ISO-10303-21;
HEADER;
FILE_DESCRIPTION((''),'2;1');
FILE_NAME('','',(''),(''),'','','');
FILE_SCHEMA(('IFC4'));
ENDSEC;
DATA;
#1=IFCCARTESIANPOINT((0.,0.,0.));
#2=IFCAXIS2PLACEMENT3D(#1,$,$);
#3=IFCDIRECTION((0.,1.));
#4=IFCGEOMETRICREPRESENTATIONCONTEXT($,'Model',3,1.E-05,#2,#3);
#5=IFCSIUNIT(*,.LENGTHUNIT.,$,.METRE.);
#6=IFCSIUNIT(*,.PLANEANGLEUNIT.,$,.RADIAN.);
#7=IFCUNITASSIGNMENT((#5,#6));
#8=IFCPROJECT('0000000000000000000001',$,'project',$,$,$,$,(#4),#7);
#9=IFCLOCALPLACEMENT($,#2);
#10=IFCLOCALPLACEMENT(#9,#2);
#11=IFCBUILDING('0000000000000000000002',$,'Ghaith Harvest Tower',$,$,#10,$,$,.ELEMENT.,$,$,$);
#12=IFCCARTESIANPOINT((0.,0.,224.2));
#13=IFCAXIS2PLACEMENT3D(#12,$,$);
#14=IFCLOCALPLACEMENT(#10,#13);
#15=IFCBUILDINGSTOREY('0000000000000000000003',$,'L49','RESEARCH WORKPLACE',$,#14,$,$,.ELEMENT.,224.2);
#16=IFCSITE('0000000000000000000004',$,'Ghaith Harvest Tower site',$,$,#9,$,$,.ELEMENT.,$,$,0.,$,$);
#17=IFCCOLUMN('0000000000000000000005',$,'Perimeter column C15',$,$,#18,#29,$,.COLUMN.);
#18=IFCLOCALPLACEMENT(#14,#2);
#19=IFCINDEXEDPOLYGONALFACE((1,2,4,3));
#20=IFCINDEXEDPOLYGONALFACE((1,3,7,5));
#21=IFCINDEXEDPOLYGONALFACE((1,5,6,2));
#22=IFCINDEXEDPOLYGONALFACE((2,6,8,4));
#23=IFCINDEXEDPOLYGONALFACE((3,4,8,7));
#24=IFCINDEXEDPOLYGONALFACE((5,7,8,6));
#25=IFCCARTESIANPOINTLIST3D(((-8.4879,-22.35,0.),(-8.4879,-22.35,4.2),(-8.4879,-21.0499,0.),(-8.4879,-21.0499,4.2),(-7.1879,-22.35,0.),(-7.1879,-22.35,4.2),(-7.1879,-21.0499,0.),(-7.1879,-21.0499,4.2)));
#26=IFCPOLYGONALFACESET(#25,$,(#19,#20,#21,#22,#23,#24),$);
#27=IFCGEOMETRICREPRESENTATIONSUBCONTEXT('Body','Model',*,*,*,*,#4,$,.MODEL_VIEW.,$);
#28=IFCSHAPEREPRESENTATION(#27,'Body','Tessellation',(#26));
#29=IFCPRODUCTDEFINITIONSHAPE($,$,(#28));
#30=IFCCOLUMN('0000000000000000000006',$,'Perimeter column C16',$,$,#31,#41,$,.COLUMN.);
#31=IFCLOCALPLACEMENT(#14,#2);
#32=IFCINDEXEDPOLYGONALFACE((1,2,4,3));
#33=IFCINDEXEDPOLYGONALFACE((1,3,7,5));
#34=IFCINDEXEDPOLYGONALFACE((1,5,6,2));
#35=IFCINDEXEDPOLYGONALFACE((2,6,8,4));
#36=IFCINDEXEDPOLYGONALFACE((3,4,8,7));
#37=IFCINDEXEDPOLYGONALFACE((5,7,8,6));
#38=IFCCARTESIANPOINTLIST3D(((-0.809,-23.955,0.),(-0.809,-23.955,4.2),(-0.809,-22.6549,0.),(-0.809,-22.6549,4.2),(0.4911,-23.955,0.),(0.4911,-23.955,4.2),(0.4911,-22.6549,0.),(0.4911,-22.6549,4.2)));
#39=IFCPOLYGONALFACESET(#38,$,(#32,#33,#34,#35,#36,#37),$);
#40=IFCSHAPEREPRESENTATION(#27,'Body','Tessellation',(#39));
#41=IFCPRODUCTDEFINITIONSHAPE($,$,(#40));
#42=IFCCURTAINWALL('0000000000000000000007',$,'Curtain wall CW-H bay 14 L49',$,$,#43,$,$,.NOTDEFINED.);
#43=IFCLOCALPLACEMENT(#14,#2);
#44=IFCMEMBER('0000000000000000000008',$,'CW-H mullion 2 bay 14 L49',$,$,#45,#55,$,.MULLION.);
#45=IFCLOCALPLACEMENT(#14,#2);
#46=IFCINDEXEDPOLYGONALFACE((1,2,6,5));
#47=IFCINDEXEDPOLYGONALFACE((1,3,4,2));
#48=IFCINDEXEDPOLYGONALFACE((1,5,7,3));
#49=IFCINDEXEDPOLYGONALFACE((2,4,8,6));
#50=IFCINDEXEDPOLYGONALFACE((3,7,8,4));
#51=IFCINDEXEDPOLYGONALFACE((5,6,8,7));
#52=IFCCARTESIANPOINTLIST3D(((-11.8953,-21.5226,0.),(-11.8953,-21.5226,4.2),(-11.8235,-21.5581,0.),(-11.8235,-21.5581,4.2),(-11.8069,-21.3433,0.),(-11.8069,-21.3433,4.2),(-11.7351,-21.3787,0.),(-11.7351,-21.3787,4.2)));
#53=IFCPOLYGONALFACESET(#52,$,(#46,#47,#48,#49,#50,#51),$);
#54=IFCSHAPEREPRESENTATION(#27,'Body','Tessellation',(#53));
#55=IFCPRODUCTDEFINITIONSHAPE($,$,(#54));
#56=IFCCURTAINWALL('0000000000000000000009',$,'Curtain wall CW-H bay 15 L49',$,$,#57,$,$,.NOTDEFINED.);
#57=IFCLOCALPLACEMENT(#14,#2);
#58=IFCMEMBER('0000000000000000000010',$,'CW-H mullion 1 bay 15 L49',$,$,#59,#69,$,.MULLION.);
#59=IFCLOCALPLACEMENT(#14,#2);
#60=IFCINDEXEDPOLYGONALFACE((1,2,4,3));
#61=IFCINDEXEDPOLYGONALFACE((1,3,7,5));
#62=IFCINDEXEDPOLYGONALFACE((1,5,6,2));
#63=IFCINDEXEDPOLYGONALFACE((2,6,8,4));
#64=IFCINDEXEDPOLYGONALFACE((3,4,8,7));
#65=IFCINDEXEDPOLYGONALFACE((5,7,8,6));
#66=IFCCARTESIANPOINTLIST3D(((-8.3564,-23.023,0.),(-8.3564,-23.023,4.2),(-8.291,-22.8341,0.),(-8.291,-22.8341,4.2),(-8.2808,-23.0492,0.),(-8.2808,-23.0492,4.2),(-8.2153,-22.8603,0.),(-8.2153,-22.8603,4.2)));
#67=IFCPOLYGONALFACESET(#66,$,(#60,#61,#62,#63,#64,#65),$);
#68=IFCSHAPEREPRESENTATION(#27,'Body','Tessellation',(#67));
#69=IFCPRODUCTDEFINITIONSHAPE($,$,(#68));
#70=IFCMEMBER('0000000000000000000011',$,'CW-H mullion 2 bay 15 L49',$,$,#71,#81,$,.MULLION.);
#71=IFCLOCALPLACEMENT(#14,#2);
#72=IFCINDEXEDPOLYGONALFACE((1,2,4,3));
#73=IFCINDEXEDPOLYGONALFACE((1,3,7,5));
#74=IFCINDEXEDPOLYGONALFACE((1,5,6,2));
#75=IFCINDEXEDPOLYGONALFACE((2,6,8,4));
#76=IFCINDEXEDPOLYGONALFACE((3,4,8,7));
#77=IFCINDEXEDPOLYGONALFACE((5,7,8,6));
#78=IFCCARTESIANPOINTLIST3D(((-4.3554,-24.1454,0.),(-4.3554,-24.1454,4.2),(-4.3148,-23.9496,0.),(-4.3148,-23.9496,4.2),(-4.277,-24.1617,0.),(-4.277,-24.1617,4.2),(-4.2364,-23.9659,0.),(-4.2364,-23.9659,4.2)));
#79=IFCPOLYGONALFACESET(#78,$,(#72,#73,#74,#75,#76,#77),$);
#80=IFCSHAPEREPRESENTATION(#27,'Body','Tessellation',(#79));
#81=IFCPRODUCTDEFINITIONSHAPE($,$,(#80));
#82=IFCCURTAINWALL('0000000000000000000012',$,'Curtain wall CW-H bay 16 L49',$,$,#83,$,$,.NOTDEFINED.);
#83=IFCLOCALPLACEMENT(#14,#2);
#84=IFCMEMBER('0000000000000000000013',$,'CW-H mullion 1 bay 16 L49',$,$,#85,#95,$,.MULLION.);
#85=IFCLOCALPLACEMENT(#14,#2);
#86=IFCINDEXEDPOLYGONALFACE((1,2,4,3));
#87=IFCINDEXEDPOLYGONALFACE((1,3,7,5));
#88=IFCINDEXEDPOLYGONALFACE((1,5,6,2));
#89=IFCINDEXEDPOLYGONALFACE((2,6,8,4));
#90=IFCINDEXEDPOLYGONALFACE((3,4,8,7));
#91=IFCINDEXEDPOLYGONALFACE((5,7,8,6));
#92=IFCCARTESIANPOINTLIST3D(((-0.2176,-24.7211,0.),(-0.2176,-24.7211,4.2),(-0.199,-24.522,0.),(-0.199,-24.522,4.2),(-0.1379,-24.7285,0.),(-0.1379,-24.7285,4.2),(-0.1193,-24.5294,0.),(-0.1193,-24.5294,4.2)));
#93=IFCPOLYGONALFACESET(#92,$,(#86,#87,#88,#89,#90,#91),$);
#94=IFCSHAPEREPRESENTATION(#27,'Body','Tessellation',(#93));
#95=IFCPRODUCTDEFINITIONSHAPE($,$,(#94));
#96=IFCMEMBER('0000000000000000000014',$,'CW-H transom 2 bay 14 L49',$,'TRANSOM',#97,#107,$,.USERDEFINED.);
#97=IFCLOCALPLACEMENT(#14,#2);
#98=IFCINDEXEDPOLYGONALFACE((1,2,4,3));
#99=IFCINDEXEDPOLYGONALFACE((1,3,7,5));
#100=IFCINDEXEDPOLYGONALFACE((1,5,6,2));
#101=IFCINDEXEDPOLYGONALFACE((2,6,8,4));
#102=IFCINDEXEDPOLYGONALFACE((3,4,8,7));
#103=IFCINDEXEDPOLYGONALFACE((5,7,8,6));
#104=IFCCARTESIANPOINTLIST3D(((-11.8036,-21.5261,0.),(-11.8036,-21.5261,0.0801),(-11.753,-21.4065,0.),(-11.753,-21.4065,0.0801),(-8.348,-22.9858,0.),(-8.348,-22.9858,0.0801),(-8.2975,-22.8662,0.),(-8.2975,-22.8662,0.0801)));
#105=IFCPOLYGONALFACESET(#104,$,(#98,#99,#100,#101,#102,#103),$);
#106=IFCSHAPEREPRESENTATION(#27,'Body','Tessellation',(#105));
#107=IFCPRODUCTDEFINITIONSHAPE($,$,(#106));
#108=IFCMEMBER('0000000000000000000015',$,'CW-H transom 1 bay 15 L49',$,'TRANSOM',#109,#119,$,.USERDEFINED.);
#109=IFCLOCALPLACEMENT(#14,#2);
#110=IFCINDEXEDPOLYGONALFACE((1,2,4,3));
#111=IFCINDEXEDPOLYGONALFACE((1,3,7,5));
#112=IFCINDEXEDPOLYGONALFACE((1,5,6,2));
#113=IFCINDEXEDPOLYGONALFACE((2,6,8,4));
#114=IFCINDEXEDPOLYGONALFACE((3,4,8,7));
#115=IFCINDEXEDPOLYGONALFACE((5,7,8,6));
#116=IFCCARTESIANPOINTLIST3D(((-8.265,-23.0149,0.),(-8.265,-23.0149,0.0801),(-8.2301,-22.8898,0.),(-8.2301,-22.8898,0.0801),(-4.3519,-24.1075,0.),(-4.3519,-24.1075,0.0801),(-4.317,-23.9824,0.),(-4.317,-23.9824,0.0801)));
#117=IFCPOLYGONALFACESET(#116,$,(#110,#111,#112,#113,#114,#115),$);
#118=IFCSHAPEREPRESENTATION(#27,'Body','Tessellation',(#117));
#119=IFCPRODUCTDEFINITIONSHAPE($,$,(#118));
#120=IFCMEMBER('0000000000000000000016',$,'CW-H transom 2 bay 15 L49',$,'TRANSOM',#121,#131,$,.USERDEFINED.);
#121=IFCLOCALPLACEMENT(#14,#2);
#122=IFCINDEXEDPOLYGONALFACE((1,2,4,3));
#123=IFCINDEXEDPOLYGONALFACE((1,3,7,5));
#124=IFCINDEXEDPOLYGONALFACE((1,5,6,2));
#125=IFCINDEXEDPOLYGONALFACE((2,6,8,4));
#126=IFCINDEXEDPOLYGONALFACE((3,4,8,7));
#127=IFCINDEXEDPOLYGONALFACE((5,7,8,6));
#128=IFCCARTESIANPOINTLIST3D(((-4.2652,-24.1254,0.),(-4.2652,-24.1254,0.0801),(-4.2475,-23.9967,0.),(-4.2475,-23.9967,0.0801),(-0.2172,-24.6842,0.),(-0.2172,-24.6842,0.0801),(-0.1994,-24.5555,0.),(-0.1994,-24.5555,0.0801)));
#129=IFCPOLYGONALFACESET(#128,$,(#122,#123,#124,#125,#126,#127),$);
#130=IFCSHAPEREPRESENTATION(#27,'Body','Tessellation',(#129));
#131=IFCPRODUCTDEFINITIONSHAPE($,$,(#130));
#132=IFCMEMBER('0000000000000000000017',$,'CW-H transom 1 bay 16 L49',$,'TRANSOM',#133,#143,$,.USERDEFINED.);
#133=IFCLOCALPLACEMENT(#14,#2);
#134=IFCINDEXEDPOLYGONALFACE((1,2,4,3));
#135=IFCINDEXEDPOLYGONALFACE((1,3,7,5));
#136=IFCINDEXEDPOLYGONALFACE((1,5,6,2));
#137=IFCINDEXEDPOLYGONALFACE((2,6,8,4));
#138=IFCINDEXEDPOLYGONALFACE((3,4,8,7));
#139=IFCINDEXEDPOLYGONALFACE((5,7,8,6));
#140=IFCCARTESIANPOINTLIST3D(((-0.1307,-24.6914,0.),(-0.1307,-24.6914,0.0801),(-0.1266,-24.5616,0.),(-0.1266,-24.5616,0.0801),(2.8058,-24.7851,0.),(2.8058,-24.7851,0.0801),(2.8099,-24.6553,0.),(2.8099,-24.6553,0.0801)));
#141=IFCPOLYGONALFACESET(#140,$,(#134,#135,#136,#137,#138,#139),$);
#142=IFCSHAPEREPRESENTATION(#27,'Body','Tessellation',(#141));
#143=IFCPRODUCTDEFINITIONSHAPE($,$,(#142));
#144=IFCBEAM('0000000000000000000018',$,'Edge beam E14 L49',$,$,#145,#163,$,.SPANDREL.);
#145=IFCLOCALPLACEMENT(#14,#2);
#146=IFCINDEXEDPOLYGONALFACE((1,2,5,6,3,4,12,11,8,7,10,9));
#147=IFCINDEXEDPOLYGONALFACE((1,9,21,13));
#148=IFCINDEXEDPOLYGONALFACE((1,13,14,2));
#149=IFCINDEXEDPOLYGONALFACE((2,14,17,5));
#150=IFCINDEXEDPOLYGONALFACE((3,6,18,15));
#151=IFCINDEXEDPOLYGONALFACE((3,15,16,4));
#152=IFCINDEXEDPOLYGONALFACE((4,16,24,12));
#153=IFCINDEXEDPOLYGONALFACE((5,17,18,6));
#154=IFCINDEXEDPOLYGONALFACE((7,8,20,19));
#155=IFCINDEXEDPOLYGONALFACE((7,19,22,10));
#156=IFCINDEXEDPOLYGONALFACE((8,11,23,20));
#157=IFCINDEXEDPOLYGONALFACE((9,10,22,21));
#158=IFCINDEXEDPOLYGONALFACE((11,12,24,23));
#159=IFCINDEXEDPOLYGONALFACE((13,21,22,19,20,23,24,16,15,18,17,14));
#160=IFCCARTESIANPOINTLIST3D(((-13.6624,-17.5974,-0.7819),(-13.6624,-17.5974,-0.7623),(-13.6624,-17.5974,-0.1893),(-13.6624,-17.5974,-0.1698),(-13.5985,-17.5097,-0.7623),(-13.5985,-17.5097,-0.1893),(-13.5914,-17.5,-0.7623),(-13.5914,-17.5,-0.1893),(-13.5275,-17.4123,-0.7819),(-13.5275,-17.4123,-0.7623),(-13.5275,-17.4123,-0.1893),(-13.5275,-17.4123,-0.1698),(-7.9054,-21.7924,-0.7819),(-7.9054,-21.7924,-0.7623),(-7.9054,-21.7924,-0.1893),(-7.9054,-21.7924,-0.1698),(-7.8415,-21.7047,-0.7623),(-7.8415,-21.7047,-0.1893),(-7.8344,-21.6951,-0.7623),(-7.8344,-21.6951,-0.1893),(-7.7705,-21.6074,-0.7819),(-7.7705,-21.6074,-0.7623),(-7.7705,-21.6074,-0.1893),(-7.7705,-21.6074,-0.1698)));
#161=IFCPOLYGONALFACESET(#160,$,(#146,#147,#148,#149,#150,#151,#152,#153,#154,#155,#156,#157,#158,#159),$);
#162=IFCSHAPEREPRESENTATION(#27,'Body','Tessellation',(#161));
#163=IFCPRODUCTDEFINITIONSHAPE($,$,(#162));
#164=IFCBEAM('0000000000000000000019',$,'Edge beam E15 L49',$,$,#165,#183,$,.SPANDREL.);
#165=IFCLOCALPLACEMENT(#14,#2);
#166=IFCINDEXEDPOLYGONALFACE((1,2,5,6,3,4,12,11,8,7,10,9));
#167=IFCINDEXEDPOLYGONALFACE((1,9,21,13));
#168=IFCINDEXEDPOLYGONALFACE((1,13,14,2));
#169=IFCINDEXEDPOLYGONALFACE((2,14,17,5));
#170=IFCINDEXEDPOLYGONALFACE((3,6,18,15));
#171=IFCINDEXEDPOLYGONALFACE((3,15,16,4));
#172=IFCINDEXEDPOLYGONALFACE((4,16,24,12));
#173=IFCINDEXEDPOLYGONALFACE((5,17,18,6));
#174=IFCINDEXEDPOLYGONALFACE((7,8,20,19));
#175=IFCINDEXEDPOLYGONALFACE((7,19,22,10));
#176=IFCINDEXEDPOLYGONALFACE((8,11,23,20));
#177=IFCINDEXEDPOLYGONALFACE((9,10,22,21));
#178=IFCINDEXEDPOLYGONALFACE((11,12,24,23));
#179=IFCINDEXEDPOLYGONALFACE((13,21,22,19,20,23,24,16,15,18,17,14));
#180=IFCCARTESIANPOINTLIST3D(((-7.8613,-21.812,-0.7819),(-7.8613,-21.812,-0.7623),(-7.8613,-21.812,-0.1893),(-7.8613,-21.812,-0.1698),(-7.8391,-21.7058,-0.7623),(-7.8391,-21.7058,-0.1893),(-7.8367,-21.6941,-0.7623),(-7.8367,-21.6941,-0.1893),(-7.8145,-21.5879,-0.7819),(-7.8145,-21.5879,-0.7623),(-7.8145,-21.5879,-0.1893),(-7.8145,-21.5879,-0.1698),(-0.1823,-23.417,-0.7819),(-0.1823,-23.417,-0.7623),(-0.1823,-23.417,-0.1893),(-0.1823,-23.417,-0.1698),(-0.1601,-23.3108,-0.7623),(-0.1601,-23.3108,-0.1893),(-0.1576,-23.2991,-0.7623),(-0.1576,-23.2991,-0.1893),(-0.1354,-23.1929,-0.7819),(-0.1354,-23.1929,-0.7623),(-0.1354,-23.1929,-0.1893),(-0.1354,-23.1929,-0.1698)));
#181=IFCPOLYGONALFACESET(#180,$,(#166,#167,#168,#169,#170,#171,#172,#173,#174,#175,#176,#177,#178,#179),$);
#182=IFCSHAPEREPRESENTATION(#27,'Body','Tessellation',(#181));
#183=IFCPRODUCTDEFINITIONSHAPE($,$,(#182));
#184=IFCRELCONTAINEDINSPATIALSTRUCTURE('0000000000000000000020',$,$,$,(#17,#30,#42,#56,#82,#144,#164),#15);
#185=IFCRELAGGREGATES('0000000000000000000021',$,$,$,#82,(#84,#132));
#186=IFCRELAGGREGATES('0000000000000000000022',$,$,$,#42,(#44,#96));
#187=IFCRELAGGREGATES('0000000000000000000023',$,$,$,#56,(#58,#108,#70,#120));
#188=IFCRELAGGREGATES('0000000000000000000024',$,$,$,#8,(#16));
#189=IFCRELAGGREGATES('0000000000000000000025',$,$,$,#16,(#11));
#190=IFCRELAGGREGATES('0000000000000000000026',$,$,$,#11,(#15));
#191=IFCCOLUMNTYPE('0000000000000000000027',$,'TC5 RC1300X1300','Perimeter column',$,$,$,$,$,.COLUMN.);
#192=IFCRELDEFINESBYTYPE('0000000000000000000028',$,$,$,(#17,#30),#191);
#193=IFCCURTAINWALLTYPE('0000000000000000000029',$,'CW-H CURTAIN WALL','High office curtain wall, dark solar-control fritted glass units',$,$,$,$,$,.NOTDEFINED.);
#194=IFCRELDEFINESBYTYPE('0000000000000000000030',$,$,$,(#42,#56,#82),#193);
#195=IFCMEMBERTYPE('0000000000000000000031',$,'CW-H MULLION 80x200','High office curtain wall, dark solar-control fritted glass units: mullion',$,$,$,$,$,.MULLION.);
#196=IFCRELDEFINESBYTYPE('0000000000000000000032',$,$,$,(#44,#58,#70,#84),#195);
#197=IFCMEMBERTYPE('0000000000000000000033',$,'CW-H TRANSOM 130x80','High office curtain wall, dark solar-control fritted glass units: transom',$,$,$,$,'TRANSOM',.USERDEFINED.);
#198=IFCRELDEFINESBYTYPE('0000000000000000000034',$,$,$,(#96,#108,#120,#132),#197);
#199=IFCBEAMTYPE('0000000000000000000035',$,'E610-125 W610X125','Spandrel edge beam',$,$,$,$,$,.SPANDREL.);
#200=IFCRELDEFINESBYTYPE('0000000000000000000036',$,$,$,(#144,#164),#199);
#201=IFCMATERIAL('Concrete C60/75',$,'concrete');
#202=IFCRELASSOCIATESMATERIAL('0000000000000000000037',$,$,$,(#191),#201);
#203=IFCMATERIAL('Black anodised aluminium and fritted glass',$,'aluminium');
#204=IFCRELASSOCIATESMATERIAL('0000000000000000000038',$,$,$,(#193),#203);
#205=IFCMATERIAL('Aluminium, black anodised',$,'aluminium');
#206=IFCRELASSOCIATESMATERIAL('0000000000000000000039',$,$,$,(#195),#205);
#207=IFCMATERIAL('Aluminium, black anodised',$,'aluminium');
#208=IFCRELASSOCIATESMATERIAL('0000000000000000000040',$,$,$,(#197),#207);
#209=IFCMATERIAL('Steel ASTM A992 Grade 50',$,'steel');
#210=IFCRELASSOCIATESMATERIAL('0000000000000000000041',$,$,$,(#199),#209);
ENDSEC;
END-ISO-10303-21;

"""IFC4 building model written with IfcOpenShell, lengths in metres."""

from ifc_helpers import new_model, si_unit, direction, frame, origin, origin_2d, place, context, subcontext, project, spatial, rectangle, i_section, extrude, material, material_profile, profile_set, type_object, element, aggregate, save


model = new_model("IFC4")

# Units and contexts
model_context = context("Model", 3, precision=1e-05, world=origin(), true_north=direction((0.0, 1.0)))
body_context = subcontext(model_context, "Body", "Model", "MODEL_VIEW")
ifc_project = project(units=[si_unit("LENGTHUNIT", "METRE"), si_unit("PLANEANGLEUNIT", "RADIAN")], contexts=[model_context])

# Site, building, storey
site_placement = place(None, origin())
site = spatial("IfcSite", under=ifc_project, at=site_placement, Name="Ghaith Harvest Tower site", CompositionType="ELEMENT", RefElevation=0.0)
building_placement = place(site_placement, origin())
building = spatial("IfcBuilding", under=site, at=building_placement, Name="Ghaith Harvest Tower", CompositionType="ELEMENT")
storey_placement = place(building_placement, frame((0.0, 0.0, 224.2)))
storey = spatial("IfcBuildingStorey", under=building, at=storey_placement, Name="L49", Description="RESEARCH WORKPLACE", CompositionType="ELEMENT", Elevation=224.2)

# Columns
ifc_material_1 = material(Name="Concrete C60/75", Category="concrete")
ifc_material_profile_1 = material_profile(ifc_material_1, rectangle(XDim=1.3, YDim=1.3, at=origin_2d()), Name="RC1300X1300")
ifc_profile_set_1 = profile_set([ifc_material_profile_1], Name="Concrete C60/75")
column_type = type_object("IfcColumnType", Name="TC5 RC1300X1300", Description="Perimeter column", PredefinedType="COLUMN", material=ifc_profile_set_1)
for number, where, z_axis, x_axis, name in (
    (1, (-7.8379, -21.7, 0.0), (0.0, 0.0, 1.0), (1.0, 0.0, 0.0), "Perimeter column C15"),
    (2, (-0.1589, -23.3049, 0.0), (0.0, 0.0, 1.0), (1.0, 0.0, 0.0), "Perimeter column C16"),
):
    element("IfcColumn", number, at=place(storey_placement, frame(where, z_axis=z_axis, x_axis=x_axis)), inside=storey, type_object=column_type, Name=name, PredefinedType="COLUMN", context=body_context, shape_type="SweptSolid", body=[
        extrude(rectangle(XDim=1.3, YDim=1.3, at=origin_2d()), origin(), (0.0, 0.0, 1.0), 4.2),
    ])

# Curtain wall, member
ifc_material_2 = material(Name="Black anodised aluminium and fritted glass", Category="aluminium")
curtain_wall_type = type_object("IfcCurtainWallType", Name="CW-H CURTAIN WALL", Description="High office curtain wall, dark solar-control fritted glass units", PredefinedType="NOTDEFINED", material=ifc_material_2)
curtain_wall_1_placement = place(storey_placement, origin())
curtain_wall_1 = element("IfcCurtainWall", 3, at=curtain_wall_1_placement, inside=storey, type_object=curtain_wall_type, Name="Curtain wall CW-H bay 14 L49", PredefinedType="NOTDEFINED")
ifc_material_3 = material(Name="Aluminium, black anodised", Category="aluminium")
ifc_material_profile_2 = material_profile(ifc_material_3, rectangle(XDim=0.0801, YDim=0.2, at=origin_2d()), Name="CW-H MULLION 80x200")
ifc_profile_set_2 = profile_set([ifc_material_profile_2], Name="Aluminium, black anodised")
member_type_1 = type_object("IfcMemberType", Name="CW-H MULLION 80x200", Description="High office curtain wall, dark solar-control fritted glass units: mullion", PredefinedType="MULLION", material=ifc_profile_set_2)
member_1_placement = place(storey_placement, frame((-11.8152, -21.4507, 0.0), z_axis=(0.0, 0.0, 1.0), x_axis=(0.896853, -0.442329, 0.0)))
member_1 = element("IfcMember", 4, at=member_1_placement, type_object=member_type_1, Name="CW-H mullion 2 bay 14 L49", PredefinedType="MULLION", context=body_context, shape_type="SweptSolid", body=[
    extrude(rectangle(XDim=0.0801, YDim=0.2, at=origin_2d()), origin(), (0.0, 0.0, 1.0), 4.2),
])

# Curtain wall, members
curtain_wall_2_placement = place(storey_placement, origin())
curtain_wall_2 = element("IfcCurtainWall", 5, at=curtain_wall_2_placement, inside=storey, type_object=curtain_wall_type, Name="Curtain wall CW-H bay 15 L49", PredefinedType="NOTDEFINED")
member_2_placement = place(storey_placement, frame((-8.2859, -22.9417, 0.0), z_axis=(0.0, 0.0, 1.0), x_axis=(0.944906, -0.327342, 0.0)))
member_2 = element("IfcMember", 6, at=member_2_placement, type_object=member_type_1, Name="CW-H mullion 1 bay 15 L49", PredefinedType="MULLION", context=body_context, shape_type="SweptSolid", body=[
    extrude(rectangle(XDim=0.0801, YDim=0.2, at=origin_2d()), origin(), (0.0, 0.0, 1.0), 4.2),
])
member_3_placement = place(storey_placement, frame((-4.2959, -24.0557, 0.0), z_axis=(0.0, 0.0, 1.0), x_axis=(0.979161, -0.203084, 0.0)))
member_3 = element("IfcMember", 7, at=member_3_placement, type_object=member_type_1, Name="CW-H mullion 2 bay 15 L49", PredefinedType="MULLION", context=body_context, shape_type="SweptSolid", body=[
    extrude(rectangle(XDim=0.0801, YDim=0.2, at=origin_2d()), origin(), (0.0, 0.0, 1.0), 4.2),
])

# Curtain wall, member
curtain_wall_3_placement = place(storey_placement, origin())
curtain_wall_3 = element("IfcCurtainWall", 8, at=curtain_wall_3_placement, inside=storey, type_object=curtain_wall_type, Name="Curtain wall CW-H bay 16 L49", PredefinedType="NOTDEFINED")
member_4_placement = place(storey_placement, frame((-0.1685, -24.6252, 0.0), z_axis=(0.0, 0.0, 1.0), x_axis=(0.995685, -0.092802, 0.0)))
member_4 = element("IfcMember", 9, at=member_4_placement, type_object=member_type_1, Name="CW-H mullion 1 bay 16 L49", PredefinedType="MULLION", context=body_context, shape_type="SweptSolid", body=[
    extrude(rectangle(XDim=0.0801, YDim=0.2, at=origin_2d()), origin(), (0.0, 0.0, 1.0), 4.2),
])

# Members
ifc_material_4 = material(Name="Aluminium, black anodised", Category="aluminium")
ifc_material_profile_3 = material_profile(ifc_material_4, rectangle(XDim=0.1299, YDim=0.0801, at=origin_2d()), Name="CW-H TRANSOM 130x80")
ifc_profile_set_3 = profile_set([ifc_material_profile_3], Name="Aluminium, black anodised")
member_type_2 = type_object("IfcMemberType", Name="CW-H TRANSOM 130x80", Description="High office curtain wall, dark solar-control fritted glass units: transom", ElementType="TRANSOM", PredefinedType="USERDEFINED", material=ifc_profile_set_3)
member_5_placement = place(storey_placement, frame((-11.7783, -21.4663, 0.04), z_axis=(0.921183, -0.38913, 0.0), x_axis=(0.38913, 0.921183, 0.0)))
member_5 = element("IfcMember", 10, at=member_5_placement, type_object=member_type_2, Name="CW-H transom 2 bay 14 L49", ObjectType="TRANSOM", PredefinedType="USERDEFINED", context=body_context, shape_type="SweptSolid", body=[
    extrude(rectangle(XDim=0.1299, YDim=0.0801, at=origin_2d()), origin(), (0.0, 0.0, 1.0), 3.7512),
])
member_6_placement = place(storey_placement, frame((-8.2476, -22.9524, 0.04), z_axis=(0.963164, -0.268914, 0.0), x_axis=(0.268914, 0.963164, 0.0)))
member_6 = element("IfcMember", 11, at=member_6_placement, type_object=member_type_2, Name="CW-H transom 1 bay 15 L49", ObjectType="TRANSOM", PredefinedType="USERDEFINED", context=body_context, shape_type="SweptSolid", body=[
    extrude(rectangle(XDim=0.1299, YDim=0.0801, at=origin_2d()), origin(), (0.0, 0.0, 1.0), 4.0627),
])
member_7_placement = place(storey_placement, frame((-4.2563, -24.061, 0.04), z_axis=(0.990605, -0.136753, 0.0), x_axis=(0.136753, 0.990605, 0.0)))
member_7 = element("IfcMember", 12, at=member_7_placement, type_object=member_type_2, Name="CW-H transom 2 bay 15 L49", ObjectType="TRANSOM", PredefinedType="USERDEFINED", context=body_context, shape_type="SweptSolid", body=[
    extrude(rectangle(XDim=0.1299, YDim=0.0801, at=origin_2d()), origin(), (0.0, 0.0, 1.0), 4.0864),
])
member_8_placement = place(storey_placement, frame((-0.1287, -24.6265, 0.04), z_axis=(0.999491, -0.031909, 0.0), x_axis=(0.031909, 0.999491, 0.0)))
member_8 = element("IfcMember", 13, at=member_8_placement, type_object=member_type_2, Name="CW-H transom 1 bay 16 L49", ObjectType="TRANSOM", PredefinedType="USERDEFINED", context=body_context, shape_type="SweptSolid", body=[
    extrude(rectangle(XDim=0.1299, YDim=0.0801, at=origin_2d()), origin(), (0.0, 0.0, 1.0), 2.938),
])
aggregate(curtain_wall_3, [member_4, member_8])

# Beams
ifc_material_5 = material(Name="Steel ASTM A992 Grade 50", Category="steel")
ifc_material_profile_4 = material_profile(ifc_material_5, i_section(OverallWidth=0.229, OverallDepth=0.6121, WebThickness=0.012, FlangeThickness=0.0195, at=origin_2d()), Name="W610X125")
ifc_profile_set_4 = profile_set([ifc_material_profile_4], Name="Steel ASTM A992 Grade 50")
beam_type_1 = type_object("IfcBeamType", Name="E610-125 W610X125", Description="Spandrel edge beam", PredefinedType="SPANDREL", material=ifc_profile_set_4)
beam_1_placement = place(storey_placement, frame((-13.595, -17.5049, -0.4758), z_axis=(0.808195, -0.588915, 0.0), x_axis=(0.588915, 0.808195, 0.0)))
element("IfcBeam", 14, at=beam_1_placement, inside=storey, type_object=beam_type_1, Name="Edge beam E14 L49", PredefinedType="SPANDREL", context=body_context, shape_type="SweptSolid", body=[
    extrude(i_section(OverallWidth=0.229, OverallDepth=0.6121, WebThickness=0.012, FlangeThickness=0.0195, at=origin_2d()), origin(), (0.0, 0.0, 1.0), 7.1233),
])
beam_2_placement = place(storey_placement, frame((-7.8379, -21.7, -0.4758), z_axis=(0.978848, -0.204589, 0.0), x_axis=(0.204589, 0.978848, 0.0)))
element("IfcBeam", 15, at=beam_2_placement, inside=storey, type_object=beam_type_1, Name="Edge beam E15 L49", PredefinedType="SPANDREL", context=body_context, shape_type="SweptSolid", body=[
    extrude(i_section(OverallWidth=0.229, OverallDepth=0.6121, WebThickness=0.012, FlangeThickness=0.0195, at=origin_2d()), origin(), (0.0, 0.0, 1.0), 7.845),
])

aggregate(curtain_wall_1, [member_1, member_5])
aggregate(curtain_wall_2, [member_2, member_6, member_3, member_7])

save(model, "model.ifc")
